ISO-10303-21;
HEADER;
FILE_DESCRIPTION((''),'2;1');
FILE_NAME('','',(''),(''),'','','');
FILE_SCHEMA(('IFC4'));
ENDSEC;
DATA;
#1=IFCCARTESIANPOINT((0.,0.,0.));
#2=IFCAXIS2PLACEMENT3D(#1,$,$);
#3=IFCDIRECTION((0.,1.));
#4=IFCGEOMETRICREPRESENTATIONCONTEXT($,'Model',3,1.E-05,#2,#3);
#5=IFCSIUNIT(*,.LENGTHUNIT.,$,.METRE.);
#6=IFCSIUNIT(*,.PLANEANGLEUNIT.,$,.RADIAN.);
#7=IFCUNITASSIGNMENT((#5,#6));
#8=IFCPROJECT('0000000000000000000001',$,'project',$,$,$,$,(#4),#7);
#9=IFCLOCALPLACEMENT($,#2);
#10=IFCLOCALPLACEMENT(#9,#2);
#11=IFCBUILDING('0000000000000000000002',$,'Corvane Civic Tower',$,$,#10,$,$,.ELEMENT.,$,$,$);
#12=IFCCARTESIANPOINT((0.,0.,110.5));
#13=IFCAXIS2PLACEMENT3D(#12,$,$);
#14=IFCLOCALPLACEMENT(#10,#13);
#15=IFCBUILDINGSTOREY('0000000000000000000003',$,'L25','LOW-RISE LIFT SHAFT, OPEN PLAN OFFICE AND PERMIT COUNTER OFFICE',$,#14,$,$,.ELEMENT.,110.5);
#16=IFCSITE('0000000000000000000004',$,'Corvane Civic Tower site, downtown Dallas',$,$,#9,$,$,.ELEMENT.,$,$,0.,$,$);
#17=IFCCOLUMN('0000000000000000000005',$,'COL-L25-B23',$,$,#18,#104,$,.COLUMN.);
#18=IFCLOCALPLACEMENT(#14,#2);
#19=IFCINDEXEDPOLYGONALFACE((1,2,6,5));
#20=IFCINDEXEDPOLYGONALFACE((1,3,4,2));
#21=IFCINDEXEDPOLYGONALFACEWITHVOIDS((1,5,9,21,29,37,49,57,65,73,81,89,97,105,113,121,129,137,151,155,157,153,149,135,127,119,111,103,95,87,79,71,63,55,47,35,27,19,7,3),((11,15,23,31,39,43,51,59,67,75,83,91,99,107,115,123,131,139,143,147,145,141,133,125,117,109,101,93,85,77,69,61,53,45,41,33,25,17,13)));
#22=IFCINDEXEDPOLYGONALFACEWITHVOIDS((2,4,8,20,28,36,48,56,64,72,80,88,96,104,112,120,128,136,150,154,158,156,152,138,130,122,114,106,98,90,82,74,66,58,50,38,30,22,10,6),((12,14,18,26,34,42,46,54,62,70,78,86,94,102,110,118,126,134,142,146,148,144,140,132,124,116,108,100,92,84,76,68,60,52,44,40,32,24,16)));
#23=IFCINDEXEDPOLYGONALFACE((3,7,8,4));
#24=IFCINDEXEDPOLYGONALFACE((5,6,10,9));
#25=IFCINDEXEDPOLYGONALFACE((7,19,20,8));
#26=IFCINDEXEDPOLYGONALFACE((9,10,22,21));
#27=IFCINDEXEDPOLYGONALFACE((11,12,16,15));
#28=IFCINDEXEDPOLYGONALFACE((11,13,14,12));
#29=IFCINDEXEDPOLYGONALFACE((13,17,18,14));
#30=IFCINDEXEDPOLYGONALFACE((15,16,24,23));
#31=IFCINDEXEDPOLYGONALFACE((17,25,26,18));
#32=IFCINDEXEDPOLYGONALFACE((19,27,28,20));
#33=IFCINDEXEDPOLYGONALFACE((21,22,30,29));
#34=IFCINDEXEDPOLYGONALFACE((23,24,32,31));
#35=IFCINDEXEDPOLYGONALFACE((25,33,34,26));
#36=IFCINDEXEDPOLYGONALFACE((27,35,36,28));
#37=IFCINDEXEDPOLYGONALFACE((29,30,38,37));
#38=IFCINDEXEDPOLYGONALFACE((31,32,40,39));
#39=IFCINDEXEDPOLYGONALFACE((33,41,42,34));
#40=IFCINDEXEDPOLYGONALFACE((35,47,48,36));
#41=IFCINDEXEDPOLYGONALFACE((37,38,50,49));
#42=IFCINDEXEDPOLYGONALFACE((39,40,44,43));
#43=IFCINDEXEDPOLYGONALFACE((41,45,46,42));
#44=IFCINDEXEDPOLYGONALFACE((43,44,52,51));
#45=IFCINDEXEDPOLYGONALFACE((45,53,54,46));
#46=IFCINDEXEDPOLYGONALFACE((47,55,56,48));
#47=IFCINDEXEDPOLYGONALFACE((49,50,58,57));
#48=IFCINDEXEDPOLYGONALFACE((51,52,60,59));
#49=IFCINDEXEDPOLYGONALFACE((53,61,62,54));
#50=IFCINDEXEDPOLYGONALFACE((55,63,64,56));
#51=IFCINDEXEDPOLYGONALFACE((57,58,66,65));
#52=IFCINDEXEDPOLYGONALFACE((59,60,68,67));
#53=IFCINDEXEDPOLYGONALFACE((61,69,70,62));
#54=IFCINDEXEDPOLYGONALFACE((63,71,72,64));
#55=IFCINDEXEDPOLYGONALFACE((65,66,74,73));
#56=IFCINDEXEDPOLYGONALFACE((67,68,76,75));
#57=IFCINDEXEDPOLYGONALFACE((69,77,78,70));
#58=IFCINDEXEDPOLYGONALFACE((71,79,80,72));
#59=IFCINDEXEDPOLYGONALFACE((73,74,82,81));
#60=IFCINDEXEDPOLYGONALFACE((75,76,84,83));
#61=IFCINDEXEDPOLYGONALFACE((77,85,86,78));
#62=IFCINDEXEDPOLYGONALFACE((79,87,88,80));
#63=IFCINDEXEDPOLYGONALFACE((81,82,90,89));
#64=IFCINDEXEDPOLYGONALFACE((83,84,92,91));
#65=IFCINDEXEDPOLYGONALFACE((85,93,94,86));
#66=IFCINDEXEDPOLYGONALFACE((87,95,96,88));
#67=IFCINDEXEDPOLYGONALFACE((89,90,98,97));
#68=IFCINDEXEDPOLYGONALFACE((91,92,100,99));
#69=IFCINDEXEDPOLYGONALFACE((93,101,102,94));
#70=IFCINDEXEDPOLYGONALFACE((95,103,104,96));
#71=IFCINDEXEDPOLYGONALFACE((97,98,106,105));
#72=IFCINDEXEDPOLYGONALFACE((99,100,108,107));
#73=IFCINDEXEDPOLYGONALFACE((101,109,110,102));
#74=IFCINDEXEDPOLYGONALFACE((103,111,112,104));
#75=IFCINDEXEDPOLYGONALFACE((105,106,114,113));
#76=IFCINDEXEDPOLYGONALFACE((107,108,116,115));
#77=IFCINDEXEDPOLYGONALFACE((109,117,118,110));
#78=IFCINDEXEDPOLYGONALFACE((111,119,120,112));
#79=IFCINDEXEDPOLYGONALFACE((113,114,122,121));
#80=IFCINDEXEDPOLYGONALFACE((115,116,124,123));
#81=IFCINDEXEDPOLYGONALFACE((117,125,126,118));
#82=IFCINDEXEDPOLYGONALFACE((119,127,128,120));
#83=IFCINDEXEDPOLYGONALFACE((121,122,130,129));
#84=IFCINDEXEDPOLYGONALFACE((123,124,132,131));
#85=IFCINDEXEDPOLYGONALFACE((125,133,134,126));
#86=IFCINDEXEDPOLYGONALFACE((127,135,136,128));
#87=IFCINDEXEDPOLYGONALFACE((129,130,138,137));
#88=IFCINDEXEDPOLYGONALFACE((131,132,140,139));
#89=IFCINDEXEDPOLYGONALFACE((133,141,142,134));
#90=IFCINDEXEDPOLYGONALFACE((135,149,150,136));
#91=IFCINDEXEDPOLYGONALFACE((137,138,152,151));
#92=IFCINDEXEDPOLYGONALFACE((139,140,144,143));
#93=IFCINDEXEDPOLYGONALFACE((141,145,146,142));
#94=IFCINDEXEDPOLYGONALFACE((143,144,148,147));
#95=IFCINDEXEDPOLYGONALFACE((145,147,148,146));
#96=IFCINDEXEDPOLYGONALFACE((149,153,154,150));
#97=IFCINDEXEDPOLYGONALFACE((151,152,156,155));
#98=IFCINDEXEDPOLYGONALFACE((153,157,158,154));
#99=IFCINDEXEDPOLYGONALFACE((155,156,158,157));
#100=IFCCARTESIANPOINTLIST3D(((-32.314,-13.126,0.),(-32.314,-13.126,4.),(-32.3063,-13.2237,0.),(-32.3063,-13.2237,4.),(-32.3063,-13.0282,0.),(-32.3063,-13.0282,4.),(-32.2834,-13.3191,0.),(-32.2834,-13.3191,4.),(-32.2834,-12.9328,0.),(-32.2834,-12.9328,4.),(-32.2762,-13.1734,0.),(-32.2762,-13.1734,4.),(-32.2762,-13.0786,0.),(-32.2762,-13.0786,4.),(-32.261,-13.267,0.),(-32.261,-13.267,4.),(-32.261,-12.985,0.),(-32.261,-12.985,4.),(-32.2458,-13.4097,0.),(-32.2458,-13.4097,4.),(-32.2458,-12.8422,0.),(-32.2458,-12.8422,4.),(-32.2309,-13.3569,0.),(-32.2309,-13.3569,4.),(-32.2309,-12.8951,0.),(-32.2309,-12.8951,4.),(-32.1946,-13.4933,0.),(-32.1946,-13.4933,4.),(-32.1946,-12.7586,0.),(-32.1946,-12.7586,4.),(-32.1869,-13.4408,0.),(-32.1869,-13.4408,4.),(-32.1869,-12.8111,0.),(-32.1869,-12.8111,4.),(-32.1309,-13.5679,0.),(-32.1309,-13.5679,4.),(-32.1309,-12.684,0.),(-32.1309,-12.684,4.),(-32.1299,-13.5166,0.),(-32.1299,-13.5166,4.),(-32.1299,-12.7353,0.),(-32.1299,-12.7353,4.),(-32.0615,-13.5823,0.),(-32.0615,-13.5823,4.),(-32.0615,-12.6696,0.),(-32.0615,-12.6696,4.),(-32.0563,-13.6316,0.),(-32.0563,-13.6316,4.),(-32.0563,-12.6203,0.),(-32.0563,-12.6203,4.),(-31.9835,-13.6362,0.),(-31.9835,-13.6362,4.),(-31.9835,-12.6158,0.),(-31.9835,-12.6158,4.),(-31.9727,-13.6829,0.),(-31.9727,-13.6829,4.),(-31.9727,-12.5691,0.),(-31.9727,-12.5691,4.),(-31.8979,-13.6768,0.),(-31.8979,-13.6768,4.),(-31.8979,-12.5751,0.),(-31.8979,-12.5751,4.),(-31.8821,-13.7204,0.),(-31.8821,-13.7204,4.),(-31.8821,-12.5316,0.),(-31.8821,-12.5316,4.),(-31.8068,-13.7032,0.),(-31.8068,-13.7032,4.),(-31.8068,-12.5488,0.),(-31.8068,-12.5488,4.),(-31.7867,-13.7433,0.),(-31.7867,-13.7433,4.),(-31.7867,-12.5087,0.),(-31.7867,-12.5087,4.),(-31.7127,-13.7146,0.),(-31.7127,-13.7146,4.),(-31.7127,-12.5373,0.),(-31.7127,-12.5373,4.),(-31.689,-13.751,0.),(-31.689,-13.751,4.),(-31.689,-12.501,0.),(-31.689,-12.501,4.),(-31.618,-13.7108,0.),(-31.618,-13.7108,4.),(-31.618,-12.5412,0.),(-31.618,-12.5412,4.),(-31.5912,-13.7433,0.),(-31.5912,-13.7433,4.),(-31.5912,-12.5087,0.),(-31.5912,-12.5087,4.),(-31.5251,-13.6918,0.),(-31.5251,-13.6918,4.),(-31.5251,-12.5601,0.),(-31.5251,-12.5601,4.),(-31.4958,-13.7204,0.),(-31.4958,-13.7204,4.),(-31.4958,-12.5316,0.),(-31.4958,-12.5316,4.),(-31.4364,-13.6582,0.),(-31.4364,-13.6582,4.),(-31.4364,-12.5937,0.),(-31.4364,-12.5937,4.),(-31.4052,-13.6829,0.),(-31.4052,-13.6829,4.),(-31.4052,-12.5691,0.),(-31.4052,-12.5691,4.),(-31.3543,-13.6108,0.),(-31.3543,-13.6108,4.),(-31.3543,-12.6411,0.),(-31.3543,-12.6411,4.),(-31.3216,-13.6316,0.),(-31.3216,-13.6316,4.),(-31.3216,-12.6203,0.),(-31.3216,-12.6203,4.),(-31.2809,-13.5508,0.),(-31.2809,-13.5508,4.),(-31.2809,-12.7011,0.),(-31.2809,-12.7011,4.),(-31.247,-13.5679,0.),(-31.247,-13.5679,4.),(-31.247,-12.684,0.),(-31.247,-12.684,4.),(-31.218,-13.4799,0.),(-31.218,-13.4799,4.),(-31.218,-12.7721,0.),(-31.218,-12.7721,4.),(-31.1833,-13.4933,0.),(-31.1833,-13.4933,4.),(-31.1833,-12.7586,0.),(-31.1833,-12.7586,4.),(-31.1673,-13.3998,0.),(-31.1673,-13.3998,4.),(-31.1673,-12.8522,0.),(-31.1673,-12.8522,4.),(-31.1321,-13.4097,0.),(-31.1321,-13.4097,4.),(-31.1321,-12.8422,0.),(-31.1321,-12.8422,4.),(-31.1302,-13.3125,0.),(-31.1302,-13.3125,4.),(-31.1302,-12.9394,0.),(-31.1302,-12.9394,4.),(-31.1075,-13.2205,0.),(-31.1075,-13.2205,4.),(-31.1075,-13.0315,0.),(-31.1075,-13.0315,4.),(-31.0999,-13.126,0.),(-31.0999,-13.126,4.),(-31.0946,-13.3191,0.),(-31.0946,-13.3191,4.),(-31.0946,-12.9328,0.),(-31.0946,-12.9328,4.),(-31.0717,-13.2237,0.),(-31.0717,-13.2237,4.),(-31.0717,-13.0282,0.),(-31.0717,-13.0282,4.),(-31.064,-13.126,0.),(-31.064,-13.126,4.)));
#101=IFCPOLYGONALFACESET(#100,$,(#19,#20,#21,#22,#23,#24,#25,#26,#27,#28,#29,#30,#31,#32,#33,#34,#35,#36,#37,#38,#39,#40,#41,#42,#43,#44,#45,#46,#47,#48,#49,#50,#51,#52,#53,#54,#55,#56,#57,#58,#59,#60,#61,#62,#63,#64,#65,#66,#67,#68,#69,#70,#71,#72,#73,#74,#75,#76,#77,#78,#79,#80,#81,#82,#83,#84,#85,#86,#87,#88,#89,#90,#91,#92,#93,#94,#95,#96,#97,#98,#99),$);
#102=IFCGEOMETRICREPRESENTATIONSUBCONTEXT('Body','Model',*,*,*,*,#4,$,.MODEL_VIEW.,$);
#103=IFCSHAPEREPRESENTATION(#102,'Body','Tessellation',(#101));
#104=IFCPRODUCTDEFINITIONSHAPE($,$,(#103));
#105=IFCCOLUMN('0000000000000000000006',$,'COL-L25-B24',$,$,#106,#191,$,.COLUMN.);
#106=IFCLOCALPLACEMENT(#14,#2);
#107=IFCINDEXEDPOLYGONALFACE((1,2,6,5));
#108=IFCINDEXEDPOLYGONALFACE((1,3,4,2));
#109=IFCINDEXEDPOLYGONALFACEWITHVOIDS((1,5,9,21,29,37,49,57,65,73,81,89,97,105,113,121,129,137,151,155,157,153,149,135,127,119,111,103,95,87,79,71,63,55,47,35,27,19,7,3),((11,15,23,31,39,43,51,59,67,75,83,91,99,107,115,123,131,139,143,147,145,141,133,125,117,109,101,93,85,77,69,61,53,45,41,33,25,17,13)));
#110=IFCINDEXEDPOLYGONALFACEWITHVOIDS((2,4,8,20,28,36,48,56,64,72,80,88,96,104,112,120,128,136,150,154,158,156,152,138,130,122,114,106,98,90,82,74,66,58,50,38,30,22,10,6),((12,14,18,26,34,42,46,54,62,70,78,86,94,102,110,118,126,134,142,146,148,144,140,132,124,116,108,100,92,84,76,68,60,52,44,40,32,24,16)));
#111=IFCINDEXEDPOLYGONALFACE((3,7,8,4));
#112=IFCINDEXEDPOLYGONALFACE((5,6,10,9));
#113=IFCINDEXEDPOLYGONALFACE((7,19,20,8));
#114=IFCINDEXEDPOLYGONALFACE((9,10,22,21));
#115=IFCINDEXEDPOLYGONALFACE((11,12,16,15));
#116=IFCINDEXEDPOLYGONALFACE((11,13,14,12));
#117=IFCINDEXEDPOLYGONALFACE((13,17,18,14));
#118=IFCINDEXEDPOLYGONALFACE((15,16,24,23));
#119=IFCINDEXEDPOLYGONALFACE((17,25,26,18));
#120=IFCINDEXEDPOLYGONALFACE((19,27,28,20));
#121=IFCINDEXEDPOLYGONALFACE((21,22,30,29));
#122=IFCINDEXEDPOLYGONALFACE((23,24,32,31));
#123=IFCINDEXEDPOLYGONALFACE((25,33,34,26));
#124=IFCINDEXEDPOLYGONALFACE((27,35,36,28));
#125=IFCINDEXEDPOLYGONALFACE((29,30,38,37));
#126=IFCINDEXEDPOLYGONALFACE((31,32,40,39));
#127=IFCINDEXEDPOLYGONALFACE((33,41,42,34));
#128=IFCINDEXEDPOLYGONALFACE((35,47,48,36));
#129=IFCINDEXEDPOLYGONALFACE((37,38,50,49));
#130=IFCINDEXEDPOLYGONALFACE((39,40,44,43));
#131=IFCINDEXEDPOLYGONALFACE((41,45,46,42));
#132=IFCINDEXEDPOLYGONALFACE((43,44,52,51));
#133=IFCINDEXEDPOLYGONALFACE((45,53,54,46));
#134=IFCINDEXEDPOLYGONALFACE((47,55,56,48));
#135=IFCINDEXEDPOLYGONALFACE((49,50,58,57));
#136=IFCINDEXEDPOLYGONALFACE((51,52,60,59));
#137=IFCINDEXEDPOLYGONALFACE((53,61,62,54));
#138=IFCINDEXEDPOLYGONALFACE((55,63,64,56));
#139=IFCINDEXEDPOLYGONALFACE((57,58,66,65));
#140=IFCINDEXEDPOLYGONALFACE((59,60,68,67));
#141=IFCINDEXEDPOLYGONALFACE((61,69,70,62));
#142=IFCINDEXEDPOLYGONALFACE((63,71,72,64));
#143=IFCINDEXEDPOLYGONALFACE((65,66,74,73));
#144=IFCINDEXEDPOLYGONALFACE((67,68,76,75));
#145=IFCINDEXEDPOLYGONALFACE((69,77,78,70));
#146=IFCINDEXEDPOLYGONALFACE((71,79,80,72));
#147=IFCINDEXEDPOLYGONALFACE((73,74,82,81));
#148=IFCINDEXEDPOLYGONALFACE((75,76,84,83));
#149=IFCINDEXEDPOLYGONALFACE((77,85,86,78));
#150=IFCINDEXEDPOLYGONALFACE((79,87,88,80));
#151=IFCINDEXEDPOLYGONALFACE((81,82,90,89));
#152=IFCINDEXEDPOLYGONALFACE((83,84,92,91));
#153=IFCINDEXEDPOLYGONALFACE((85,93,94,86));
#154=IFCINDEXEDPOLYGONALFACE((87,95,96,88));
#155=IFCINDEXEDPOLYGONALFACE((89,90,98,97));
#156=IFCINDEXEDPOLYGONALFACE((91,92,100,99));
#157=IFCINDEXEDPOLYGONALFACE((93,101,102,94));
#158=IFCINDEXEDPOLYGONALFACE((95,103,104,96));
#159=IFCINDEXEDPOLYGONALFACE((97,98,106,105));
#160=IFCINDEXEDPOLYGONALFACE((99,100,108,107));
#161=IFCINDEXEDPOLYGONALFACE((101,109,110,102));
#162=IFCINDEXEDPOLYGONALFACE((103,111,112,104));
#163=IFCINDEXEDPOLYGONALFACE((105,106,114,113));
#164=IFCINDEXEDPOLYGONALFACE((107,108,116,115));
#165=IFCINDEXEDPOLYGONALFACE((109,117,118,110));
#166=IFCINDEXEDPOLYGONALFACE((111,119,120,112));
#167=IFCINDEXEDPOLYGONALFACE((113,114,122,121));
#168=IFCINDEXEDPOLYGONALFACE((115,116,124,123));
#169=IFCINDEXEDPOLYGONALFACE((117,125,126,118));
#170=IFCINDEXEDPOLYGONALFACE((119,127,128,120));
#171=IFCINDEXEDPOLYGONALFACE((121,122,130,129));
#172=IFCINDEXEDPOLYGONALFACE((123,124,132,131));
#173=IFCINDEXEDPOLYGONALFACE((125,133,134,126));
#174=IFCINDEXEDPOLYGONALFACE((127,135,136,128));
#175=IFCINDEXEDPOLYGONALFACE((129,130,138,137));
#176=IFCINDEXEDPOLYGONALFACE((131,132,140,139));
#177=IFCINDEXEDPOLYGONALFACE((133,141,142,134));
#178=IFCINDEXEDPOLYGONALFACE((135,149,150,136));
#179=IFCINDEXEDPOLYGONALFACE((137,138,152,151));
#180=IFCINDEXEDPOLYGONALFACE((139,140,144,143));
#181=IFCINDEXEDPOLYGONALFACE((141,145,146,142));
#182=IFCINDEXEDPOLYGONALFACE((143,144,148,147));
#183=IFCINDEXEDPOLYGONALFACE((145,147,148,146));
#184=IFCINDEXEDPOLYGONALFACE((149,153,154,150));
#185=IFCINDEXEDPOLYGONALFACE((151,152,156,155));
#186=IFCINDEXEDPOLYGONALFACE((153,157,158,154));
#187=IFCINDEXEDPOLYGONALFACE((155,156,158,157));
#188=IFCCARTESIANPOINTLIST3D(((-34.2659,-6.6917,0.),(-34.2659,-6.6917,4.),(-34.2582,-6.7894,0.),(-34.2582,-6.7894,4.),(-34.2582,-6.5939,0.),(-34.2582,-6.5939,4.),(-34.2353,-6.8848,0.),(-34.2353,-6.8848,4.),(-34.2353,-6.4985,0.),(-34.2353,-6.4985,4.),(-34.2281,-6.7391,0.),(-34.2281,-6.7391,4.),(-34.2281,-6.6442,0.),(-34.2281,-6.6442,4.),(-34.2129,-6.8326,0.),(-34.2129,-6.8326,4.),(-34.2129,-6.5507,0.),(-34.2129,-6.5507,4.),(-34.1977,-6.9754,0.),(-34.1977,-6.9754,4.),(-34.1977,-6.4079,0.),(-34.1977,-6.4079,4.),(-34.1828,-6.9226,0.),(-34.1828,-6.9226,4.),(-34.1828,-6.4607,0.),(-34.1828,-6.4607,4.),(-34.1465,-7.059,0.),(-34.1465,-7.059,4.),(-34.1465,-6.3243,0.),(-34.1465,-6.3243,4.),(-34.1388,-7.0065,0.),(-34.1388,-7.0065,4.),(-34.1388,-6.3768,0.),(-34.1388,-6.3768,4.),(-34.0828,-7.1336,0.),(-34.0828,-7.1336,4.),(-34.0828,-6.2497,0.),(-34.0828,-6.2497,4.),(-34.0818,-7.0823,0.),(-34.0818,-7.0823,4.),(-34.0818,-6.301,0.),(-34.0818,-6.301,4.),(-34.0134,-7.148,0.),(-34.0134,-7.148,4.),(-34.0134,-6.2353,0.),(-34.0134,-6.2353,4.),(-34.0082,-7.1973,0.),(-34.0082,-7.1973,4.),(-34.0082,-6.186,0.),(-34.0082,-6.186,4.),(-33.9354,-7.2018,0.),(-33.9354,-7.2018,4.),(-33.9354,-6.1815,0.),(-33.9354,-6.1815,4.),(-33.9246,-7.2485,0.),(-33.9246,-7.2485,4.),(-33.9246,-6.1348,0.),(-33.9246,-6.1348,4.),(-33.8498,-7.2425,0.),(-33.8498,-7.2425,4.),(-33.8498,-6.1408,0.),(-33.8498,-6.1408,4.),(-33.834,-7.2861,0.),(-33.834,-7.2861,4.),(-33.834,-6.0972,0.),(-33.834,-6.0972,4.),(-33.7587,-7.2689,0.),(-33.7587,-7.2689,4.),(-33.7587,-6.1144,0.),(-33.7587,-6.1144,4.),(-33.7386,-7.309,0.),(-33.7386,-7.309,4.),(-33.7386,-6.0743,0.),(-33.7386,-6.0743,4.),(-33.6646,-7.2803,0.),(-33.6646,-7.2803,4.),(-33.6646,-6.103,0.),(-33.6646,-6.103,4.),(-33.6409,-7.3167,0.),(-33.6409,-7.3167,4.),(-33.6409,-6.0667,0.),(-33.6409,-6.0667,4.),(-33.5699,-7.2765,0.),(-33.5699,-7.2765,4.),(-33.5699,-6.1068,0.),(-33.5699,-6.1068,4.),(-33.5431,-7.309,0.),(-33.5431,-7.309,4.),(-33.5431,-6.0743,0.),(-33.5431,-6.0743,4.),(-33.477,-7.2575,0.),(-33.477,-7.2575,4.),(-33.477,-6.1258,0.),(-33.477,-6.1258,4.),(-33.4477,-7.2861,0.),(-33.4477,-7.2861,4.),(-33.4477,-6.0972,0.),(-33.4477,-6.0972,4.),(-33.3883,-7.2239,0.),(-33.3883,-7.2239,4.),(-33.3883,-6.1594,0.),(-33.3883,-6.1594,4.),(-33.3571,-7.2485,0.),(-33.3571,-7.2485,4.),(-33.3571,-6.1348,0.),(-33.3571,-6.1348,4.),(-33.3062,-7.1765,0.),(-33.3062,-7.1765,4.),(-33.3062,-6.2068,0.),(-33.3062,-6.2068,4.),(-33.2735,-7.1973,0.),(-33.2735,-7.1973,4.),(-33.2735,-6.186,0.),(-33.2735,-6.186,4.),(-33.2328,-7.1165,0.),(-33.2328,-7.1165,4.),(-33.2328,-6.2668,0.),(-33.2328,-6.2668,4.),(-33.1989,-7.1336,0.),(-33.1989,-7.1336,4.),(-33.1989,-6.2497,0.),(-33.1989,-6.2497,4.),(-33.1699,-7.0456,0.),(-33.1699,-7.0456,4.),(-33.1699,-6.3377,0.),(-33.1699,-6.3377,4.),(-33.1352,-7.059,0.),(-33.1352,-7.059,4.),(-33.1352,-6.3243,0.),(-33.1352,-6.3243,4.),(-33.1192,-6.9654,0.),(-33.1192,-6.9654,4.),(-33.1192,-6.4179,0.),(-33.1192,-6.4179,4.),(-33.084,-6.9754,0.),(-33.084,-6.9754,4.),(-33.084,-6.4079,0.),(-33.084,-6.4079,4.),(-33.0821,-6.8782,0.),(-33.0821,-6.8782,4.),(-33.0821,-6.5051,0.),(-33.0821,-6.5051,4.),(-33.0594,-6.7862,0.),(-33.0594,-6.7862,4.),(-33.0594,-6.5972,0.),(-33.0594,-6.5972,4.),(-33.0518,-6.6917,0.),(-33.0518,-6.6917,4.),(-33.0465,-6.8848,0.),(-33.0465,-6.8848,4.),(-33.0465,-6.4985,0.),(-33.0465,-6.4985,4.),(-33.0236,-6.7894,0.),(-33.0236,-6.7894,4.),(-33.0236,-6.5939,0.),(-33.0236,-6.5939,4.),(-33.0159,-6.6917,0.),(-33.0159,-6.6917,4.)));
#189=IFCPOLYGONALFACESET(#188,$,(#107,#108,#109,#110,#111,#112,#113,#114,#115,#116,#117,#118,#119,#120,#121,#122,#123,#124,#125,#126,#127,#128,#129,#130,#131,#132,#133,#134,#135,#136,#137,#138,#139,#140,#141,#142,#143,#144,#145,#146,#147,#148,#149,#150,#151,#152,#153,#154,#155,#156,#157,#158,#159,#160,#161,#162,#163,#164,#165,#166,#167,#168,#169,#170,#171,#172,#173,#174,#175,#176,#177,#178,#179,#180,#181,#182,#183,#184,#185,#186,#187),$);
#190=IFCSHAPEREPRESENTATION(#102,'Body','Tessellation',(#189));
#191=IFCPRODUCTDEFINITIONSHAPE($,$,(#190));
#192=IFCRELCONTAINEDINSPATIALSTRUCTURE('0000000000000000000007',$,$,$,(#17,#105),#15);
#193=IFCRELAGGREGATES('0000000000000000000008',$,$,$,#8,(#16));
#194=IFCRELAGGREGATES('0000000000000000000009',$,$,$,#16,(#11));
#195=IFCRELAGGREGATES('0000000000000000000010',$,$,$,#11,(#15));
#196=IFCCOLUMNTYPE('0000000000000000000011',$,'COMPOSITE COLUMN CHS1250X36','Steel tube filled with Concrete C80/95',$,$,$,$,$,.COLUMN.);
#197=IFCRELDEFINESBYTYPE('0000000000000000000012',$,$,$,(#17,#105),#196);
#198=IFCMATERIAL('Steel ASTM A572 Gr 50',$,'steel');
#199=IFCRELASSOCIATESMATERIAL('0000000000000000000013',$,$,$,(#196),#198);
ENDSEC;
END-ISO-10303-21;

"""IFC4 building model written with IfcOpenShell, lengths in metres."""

from ifc_helpers import new_model, si_unit, direction, frame, origin, origin_2d, place, context, subcontext, project, spatial, hollow_circle, extrude, material, material_profile, profile_set, type_object, element, save


model = new_model("IFC4")

# Units and contexts
model_context = context("Model", 3, precision=1e-05, world=origin(), true_north=direction((0.0, 1.0)))
body_context = subcontext(model_context, "Body", "Model", "MODEL_VIEW")
ifc_project = project(units=[si_unit("LENGTHUNIT", "METRE"), si_unit("PLANEANGLEUNIT", "RADIAN")], contexts=[model_context])

# Site, building, storey
site_placement = place(None, origin())
site = spatial("IfcSite", under=ifc_project, at=site_placement, Name="Corvane Civic Tower site, downtown Dallas", CompositionType="ELEMENT", RefElevation=0.0)
building_placement = place(site_placement, origin())
building = spatial("IfcBuilding", under=site, at=building_placement, Name="Corvane Civic Tower", CompositionType="ELEMENT")
storey_placement = place(building_placement, frame((0.0, 0.0, 110.5)))
storey = spatial("IfcBuildingStorey", under=building, at=storey_placement, Name="L25", Description="LOW-RISE LIFT SHAFT, OPEN PLAN OFFICE AND PERMIT COUNTER OFFICE", CompositionType="ELEMENT", Elevation=110.5)

# Columns
ifc_material_1 = material(Name="Steel ASTM A572 Gr 50", Category="steel")
ifc_material_profile_1 = material_profile(ifc_material_1, hollow_circle(Radius=0.625, WallThickness=0.0359, at=origin_2d()), Name="CHS1250X36")
ifc_profile_set_1 = profile_set([ifc_material_profile_1], Name="Steel ASTM A572 Gr 50")
column_type = type_object("IfcColumnType", Name="COMPOSITE COLUMN CHS1250X36", Description="Steel tube filled with Concrete C80/95", PredefinedType="COLUMN", material=ifc_profile_set_1)
for number, where, z_axis, x_axis, name in (
    (1, (-31.689, -13.126, 0.0), (0.0, 0.0, 1.0), (1.0, 0.0, 0.0), "COL-L25-B23"),
    (2, (-33.6409, -6.6917, 0.0), (0.0, 0.0, 1.0), (1.0, 0.0, 0.0), "COL-L25-B24"),
):
    element("IfcColumn", number, at=place(storey_placement, frame(where, z_axis=z_axis, x_axis=x_axis)), inside=storey, type_object=column_type, Name=name, PredefinedType="COLUMN", context=body_context, shape_type="SweptSolid", body=[
        extrude(hollow_circle(Radius=0.625, WallThickness=0.0359, at=origin_2d()), origin(), (0.0, 0.0, 1.0), 4.0),
    ])

save(model, "model.ifc")
